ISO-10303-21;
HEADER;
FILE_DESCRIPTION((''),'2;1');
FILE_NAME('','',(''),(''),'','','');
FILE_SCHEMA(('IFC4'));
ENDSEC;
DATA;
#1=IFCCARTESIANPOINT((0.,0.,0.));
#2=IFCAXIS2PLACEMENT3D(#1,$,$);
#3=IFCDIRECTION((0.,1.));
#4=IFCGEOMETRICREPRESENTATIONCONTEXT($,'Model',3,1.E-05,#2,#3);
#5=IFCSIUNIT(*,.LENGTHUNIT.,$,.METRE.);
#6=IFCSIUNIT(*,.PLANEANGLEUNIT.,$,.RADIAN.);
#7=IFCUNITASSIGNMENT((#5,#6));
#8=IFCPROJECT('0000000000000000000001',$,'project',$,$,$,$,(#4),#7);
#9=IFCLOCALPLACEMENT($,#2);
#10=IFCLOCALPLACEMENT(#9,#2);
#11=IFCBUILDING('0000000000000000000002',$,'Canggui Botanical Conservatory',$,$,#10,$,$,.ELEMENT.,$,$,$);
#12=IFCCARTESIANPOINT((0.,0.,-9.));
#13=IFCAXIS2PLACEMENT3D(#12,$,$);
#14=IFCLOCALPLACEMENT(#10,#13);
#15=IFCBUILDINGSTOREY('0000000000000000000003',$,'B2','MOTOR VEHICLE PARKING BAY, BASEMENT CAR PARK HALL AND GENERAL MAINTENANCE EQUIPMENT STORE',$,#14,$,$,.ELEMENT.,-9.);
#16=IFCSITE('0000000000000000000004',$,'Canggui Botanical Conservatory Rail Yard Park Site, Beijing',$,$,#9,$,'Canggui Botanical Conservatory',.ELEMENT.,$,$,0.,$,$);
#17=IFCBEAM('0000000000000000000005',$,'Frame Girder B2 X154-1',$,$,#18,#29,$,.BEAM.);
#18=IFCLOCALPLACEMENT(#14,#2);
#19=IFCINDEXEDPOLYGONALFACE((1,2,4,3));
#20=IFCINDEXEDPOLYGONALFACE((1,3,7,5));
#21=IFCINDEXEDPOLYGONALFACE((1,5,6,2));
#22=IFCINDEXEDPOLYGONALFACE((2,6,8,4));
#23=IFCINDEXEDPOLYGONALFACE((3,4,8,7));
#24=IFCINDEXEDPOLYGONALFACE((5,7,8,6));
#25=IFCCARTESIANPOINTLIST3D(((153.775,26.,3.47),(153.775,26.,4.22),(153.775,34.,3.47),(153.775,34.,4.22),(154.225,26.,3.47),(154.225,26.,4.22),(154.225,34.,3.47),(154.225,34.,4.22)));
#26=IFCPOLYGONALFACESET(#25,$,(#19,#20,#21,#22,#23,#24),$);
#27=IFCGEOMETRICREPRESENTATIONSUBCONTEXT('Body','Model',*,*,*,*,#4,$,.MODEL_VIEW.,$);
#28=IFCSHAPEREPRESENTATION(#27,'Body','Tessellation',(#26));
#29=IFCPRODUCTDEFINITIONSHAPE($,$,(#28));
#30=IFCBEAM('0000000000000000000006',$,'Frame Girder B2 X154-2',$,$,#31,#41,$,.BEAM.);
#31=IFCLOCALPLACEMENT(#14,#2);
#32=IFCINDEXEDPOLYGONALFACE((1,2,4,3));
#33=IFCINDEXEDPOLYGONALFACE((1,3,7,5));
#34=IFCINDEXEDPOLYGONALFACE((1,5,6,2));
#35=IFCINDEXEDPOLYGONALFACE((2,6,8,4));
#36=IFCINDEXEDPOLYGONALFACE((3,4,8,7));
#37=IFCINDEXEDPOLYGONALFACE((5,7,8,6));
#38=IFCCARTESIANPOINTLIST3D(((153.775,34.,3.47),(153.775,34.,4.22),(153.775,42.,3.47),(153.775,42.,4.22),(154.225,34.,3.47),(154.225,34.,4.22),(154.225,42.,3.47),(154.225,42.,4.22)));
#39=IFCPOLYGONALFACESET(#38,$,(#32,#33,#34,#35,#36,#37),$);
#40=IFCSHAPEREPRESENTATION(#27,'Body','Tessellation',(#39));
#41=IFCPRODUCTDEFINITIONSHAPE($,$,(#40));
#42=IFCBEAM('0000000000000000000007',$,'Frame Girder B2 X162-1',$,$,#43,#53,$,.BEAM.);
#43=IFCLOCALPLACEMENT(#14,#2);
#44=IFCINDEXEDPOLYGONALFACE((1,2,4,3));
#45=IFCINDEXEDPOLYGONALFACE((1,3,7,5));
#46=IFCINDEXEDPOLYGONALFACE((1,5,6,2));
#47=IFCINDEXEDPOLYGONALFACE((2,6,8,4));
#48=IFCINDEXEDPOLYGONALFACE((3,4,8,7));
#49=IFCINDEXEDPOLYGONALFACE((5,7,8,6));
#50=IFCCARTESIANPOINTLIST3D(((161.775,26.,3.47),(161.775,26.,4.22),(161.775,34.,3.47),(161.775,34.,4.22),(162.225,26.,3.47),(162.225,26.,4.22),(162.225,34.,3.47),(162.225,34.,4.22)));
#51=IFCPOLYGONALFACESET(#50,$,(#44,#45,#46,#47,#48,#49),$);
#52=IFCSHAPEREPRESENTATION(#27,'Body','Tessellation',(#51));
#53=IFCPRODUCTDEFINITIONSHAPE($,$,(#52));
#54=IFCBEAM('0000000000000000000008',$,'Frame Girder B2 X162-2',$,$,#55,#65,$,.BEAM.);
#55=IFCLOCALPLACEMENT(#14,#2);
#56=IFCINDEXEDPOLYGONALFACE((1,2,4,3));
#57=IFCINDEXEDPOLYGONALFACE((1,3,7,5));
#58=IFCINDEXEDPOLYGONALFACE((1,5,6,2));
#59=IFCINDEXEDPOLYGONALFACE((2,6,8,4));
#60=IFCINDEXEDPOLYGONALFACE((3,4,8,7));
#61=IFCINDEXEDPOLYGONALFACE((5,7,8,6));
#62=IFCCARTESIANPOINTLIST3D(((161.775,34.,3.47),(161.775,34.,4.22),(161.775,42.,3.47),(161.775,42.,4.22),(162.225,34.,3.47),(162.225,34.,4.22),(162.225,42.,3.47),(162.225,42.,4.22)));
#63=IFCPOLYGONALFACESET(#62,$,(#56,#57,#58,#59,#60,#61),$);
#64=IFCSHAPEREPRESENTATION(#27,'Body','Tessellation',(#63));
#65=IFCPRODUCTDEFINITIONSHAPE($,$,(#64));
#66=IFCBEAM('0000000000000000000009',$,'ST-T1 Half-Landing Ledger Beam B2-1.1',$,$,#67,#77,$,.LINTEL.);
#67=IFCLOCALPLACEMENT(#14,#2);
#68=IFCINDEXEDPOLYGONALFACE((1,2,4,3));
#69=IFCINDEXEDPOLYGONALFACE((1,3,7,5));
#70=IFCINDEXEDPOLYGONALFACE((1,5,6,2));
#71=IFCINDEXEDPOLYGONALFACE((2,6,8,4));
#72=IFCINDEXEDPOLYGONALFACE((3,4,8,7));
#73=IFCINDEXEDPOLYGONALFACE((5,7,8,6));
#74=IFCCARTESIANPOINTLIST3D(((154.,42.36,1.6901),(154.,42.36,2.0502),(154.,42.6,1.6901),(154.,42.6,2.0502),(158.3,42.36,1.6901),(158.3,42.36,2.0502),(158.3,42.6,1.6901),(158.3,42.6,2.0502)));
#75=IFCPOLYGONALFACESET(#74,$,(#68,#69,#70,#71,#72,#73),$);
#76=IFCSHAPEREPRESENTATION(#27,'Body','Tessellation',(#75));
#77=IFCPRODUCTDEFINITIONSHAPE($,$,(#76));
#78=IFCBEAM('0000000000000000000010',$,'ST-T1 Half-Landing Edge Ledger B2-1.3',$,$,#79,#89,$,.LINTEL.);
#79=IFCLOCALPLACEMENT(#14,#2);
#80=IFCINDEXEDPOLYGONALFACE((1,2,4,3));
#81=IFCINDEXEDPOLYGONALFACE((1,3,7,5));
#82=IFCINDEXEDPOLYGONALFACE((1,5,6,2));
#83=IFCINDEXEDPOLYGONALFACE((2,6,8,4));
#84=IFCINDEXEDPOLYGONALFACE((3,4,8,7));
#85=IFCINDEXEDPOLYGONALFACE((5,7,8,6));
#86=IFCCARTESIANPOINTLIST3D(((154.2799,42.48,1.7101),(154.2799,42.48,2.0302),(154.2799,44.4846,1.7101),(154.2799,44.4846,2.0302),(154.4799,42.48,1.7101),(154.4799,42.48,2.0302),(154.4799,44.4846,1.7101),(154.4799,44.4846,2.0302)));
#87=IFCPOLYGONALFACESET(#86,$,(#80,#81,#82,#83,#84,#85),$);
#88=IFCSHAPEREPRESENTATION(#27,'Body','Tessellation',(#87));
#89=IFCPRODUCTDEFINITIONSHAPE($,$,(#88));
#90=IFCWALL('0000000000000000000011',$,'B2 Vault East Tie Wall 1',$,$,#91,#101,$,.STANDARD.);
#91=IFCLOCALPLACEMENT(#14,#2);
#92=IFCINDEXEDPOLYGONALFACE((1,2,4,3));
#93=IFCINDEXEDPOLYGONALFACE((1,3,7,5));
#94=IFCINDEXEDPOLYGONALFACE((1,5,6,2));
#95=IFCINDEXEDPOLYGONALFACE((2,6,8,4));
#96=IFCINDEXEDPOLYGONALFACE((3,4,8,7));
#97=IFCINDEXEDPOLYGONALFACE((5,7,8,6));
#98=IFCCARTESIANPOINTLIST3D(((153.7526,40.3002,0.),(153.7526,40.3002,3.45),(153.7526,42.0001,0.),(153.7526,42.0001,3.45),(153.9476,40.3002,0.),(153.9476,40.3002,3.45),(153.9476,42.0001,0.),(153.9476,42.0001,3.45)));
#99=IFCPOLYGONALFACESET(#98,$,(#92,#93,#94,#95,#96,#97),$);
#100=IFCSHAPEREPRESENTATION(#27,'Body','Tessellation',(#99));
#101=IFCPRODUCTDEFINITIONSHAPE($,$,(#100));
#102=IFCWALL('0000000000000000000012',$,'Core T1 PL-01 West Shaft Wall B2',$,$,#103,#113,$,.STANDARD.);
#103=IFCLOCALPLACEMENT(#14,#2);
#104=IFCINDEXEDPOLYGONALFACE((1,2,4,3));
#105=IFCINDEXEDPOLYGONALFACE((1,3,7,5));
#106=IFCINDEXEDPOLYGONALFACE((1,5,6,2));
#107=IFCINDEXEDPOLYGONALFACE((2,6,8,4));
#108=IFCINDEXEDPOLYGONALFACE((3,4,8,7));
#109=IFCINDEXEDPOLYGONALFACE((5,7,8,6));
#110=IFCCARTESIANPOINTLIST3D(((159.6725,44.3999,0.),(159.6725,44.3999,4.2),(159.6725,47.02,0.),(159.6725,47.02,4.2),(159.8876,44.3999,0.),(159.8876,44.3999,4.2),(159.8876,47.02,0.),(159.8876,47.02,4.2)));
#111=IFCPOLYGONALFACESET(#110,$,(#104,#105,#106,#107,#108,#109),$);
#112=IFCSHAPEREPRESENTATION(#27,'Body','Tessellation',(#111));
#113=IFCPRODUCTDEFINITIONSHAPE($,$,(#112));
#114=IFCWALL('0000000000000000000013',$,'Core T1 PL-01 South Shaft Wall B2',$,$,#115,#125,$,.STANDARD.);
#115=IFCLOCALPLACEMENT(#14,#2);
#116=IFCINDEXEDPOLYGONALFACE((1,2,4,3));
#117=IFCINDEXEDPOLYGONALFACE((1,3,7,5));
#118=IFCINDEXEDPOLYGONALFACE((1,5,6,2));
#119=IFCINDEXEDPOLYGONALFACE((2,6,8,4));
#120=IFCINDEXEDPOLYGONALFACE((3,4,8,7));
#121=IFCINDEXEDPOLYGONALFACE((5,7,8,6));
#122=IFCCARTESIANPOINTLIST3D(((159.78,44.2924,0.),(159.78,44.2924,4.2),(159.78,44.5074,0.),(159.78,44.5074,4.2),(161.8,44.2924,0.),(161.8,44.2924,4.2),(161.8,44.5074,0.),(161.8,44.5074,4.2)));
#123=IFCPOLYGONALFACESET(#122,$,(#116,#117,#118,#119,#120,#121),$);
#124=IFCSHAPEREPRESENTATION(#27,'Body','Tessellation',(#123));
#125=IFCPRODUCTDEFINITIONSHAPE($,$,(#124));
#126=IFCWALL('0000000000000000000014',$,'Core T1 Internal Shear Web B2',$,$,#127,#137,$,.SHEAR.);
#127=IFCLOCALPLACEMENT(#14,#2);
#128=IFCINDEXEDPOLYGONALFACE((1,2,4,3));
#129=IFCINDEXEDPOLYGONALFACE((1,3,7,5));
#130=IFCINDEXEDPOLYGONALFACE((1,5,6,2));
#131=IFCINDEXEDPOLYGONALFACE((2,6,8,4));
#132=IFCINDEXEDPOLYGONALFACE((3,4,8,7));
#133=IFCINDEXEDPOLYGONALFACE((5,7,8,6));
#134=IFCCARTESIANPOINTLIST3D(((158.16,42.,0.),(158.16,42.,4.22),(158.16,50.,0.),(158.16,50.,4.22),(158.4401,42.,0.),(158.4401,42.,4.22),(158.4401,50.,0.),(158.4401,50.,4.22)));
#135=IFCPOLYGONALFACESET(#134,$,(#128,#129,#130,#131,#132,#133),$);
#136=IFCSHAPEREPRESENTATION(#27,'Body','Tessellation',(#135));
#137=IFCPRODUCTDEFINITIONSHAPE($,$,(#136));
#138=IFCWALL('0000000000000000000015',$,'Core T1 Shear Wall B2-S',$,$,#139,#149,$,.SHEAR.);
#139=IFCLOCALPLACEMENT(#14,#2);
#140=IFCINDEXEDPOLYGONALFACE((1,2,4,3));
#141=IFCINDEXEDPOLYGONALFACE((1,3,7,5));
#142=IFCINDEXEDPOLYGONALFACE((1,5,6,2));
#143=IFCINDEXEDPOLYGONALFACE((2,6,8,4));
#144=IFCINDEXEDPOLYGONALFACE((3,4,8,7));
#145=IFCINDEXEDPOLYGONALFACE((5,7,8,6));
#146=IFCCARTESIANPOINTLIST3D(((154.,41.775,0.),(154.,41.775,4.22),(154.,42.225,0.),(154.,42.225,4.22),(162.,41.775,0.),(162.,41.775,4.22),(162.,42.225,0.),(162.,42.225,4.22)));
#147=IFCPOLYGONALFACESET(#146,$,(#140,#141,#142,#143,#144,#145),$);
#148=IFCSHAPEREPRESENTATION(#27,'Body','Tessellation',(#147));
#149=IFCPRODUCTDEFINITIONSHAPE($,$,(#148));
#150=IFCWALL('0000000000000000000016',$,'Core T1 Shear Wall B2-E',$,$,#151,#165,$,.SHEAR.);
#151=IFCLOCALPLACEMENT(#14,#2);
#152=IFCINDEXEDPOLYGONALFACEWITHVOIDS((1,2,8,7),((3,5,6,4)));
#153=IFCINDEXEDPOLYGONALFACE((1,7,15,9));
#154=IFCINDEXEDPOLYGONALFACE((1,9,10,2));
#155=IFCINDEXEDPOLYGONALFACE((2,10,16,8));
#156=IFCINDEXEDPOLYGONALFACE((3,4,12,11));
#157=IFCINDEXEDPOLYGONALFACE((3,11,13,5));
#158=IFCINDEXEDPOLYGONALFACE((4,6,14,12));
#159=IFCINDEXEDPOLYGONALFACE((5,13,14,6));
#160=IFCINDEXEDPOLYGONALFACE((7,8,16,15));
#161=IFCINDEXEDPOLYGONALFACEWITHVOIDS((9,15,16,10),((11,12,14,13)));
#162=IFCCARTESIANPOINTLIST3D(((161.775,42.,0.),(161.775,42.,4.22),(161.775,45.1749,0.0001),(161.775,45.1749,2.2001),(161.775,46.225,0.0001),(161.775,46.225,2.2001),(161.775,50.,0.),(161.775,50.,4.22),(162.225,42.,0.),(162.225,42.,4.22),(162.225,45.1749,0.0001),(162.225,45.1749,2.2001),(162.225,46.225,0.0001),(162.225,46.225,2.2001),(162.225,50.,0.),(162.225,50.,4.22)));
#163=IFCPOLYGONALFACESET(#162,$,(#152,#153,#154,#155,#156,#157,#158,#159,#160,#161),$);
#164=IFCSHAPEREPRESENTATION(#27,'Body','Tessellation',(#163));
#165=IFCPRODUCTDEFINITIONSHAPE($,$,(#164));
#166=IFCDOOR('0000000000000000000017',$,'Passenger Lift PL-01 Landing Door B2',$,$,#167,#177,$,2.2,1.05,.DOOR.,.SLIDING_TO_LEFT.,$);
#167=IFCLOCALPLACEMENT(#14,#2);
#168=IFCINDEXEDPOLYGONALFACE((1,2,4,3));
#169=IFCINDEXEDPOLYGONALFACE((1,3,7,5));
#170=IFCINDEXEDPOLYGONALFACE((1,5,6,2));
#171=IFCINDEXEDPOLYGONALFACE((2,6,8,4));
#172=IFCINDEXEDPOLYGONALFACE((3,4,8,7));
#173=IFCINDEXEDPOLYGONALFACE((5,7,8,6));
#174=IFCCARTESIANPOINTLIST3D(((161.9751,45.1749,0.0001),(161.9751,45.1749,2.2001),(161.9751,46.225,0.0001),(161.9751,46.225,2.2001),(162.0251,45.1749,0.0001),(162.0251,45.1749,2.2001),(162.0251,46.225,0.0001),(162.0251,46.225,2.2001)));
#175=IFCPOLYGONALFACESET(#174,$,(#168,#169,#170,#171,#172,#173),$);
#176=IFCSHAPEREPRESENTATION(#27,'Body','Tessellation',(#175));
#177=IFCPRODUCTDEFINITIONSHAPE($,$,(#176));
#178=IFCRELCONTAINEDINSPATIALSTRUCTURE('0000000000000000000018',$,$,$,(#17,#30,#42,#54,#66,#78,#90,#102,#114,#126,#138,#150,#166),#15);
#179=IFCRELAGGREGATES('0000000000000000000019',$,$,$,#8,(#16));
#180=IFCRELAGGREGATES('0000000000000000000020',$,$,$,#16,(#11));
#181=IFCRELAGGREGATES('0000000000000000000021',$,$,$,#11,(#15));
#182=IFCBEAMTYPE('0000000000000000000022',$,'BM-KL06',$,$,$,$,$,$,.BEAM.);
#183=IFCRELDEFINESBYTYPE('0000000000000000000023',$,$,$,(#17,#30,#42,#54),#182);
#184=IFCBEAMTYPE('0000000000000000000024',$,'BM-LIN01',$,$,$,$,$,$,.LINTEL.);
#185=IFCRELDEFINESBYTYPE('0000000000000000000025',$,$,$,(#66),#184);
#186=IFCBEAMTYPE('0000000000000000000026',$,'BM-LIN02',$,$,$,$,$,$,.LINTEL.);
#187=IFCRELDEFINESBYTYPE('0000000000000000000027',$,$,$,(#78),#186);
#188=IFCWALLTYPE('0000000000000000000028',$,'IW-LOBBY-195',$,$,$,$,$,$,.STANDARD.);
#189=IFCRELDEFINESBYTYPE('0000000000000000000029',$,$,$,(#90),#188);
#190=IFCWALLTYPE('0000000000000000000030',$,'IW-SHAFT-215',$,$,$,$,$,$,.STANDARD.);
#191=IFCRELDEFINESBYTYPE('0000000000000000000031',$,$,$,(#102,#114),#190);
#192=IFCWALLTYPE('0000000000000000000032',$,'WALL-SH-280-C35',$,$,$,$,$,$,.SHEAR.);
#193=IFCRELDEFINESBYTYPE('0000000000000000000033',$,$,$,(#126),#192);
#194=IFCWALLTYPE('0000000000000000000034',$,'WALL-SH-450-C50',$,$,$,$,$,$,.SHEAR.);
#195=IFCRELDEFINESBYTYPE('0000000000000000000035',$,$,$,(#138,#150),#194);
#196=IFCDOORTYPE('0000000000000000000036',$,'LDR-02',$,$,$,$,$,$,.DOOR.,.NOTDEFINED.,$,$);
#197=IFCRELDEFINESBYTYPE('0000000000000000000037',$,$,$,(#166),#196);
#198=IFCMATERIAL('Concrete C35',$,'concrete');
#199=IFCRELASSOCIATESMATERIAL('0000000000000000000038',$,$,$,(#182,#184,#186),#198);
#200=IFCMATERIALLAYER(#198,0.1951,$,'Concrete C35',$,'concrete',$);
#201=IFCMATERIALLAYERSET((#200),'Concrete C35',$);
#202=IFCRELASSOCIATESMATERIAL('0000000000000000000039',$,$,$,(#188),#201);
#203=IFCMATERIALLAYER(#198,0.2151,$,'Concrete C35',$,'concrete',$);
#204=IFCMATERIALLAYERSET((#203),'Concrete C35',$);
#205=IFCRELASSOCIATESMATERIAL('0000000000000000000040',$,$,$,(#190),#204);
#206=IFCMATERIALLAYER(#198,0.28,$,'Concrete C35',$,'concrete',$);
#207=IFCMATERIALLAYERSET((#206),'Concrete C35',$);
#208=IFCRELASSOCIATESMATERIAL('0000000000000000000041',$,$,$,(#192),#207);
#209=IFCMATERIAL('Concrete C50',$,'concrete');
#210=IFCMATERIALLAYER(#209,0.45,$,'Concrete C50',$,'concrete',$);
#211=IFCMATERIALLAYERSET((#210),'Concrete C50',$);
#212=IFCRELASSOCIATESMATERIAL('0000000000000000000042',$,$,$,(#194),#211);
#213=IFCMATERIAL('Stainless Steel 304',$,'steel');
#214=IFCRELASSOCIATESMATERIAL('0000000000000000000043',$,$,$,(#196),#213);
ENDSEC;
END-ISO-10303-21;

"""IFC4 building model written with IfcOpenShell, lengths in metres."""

from ifc_helpers import new_model, si_unit, direction, frame, frame_2d, origin, origin_2d, place, context, subcontext, project, spatial, rectangle, extrude, material, layer, layer_set, material_profile, profile_set, type_object, element, fill, save


model = new_model("IFC4")

# Units and contexts
model_context = context("Model", 3, precision=1e-05, world=origin(), true_north=direction((0.0, 1.0)))
body_context = subcontext(model_context, "Body", "Model", "MODEL_VIEW")
ifc_project = project(units=[si_unit("LENGTHUNIT", "METRE"), si_unit("PLANEANGLEUNIT", "RADIAN")], contexts=[model_context])

# Site, building, storey
site_placement = place(None, origin())
site = spatial("IfcSite", under=ifc_project, at=site_placement, Name="Canggui Botanical Conservatory Rail Yard Park Site, Beijing", LongName="Canggui Botanical Conservatory", CompositionType="ELEMENT", RefElevation=0.0)
building_placement = place(site_placement, origin())
building = spatial("IfcBuilding", under=site, at=building_placement, Name="Canggui Botanical Conservatory", CompositionType="ELEMENT")
storey_placement = place(building_placement, frame((0.0, 0.0, -9.0)))
storey = spatial("IfcBuildingStorey", under=building, at=storey_placement, Name="B2", Description="MOTOR VEHICLE PARKING BAY, BASEMENT CAR PARK HALL AND GENERAL MAINTENANCE EQUIPMENT STORE", CompositionType="ELEMENT", Elevation=-9.0)

# Shared definitions
ifc_material_1 = material(Name="Concrete C35", Category="concrete")

# Shared definitions
ifc_material_2 = material(Name="Concrete C50", Category="concrete")

# Beams
ifc_material_profile_1 = material_profile(ifc_material_1, rectangle(XDim=0.45, YDim=0.75, at=origin_2d()), Name="RB 450x750")
ifc_profile_set_1 = profile_set([ifc_material_profile_1], Name="Concrete C35")
beam_type_1 = type_object("IfcBeamType", Name="BM-KL06", PredefinedType="BEAM", material=ifc_profile_set_1)
for number, where, z_axis, x_axis, name in (
    (1, (154.0, 26.0, 3.845), (0.0, 1.0, 0.0), (-1.0, 0.0, 0.0), "Frame Girder B2 X154-1"),
    (2, (154.0, 34.0, 3.845), (0.0, 1.0, 0.0), (-1.0, 0.0, 0.0), "Frame Girder B2 X154-2"),
    (3, (162.0, 26.0, 3.845), (0.0, 1.0, 0.0), (-1.0, 0.0, 0.0), "Frame Girder B2 X162-1"),
    (4, (162.0, 34.0, 3.845), (0.0, 1.0, 0.0), (-1.0, 0.0, 0.0), "Frame Girder B2 X162-2"),
):
    element("IfcBeam", number, at=place(storey_placement, frame(where, z_axis=z_axis, x_axis=x_axis)), inside=storey, type_object=beam_type_1, Name=name, PredefinedType="BEAM", context=body_context, shape_type="SweptSolid", body=[
        extrude(rectangle(XDim=0.45, YDim=0.75, at=origin_2d()), origin(), (0.0, 0.0, 1.0), 8.0),
    ])
ifc_material_profile_2 = material_profile(ifc_material_1, rectangle(XDim=0.24, YDim=0.3601, at=origin_2d()), Name="RB 240x360")
ifc_profile_set_2 = profile_set([ifc_material_profile_2], Name="Concrete C35")
beam_type_2 = type_object("IfcBeamType", Name="BM-LIN01", PredefinedType="LINTEL", material=ifc_profile_set_2)
beam_1_placement = place(storey_placement, frame((154.0, 42.48, 1.8701), z_axis=(1.0, 0.0, 0.0), x_axis=(0.0, 1.0, 0.0)))
element("IfcBeam", 5, at=beam_1_placement, inside=storey, type_object=beam_type_2, Name="ST-T1 Half-Landing Ledger Beam B2-1.1", PredefinedType="LINTEL", context=body_context, shape_type="SweptSolid", body=[
    extrude(rectangle(XDim=0.24, YDim=0.3601, at=origin_2d()), origin(), (0.0, 0.0, 1.0), 4.3),
])
ifc_material_profile_3 = material_profile(ifc_material_1, rectangle(XDim=0.2, YDim=0.3201, at=origin_2d()), Name="RB 200x320")
ifc_profile_set_3 = profile_set([ifc_material_profile_3], Name="Concrete C35")
beam_type_3 = type_object("IfcBeamType", Name="BM-LIN02", PredefinedType="LINTEL", material=ifc_profile_set_3)
beam_2_placement = place(storey_placement, frame((154.3799, 42.48, 1.8701), z_axis=(0.0, 1.0, 0.0), x_axis=(-1.0, 0.0, 0.0)))
element("IfcBeam", 6, at=beam_2_placement, inside=storey, type_object=beam_type_3, Name="ST-T1 Half-Landing Edge Ledger B2-1.3", PredefinedType="LINTEL", context=body_context, shape_type="SweptSolid", body=[
    extrude(rectangle(XDim=0.2, YDim=0.3201, at=origin_2d()), origin(), (0.0, 0.0, 1.0), 2.0046),
])

# Walls
ifc_layer_1 = layer(ifc_material_1, 0.1951, Name="Concrete C35", Category="concrete")
ifc_layer_set_1 = layer_set([ifc_layer_1], Name="Concrete C35")
wall_type_1 = type_object("IfcWallType", Name="IW-LOBBY-195", PredefinedType="STANDARD", material=ifc_layer_set_1)
wall_1_placement = place(storey_placement, frame((153.8501, 40.3, 0.0), z_axis=(0.0, 0.0, 1.0), x_axis=(0.0, 1.0, 0.0)))
element("IfcWall", 7, at=wall_1_placement, inside=storey, type_object=wall_type_1, Name="B2 Vault East Tie Wall 1", PredefinedType="STANDARD", context=body_context, shape_type="SweptSolid", body=[
    extrude(rectangle(XDim=1.7, YDim=0.1951, at=frame_2d((0.8501, 0.0))), origin(), (0.0, 0.0, 1.0), 3.45),
])
ifc_layer_2 = layer(ifc_material_1, 0.2151, Name="Concrete C35", Category="concrete")
ifc_layer_set_2 = layer_set([ifc_layer_2], Name="Concrete C35")
wall_type_2 = type_object("IfcWallType", Name="IW-SHAFT-215", PredefinedType="STANDARD", material=ifc_layer_set_2)
wall_2_placement = place(storey_placement, frame((159.78, 44.3999, 0.0), z_axis=(0.0, 0.0, 1.0), x_axis=(0.0, 1.0, 0.0)))
element("IfcWall", 8, at=wall_2_placement, inside=storey, type_object=wall_type_2, Name="Core T1 PL-01 West Shaft Wall B2", PredefinedType="STANDARD", context=body_context, shape_type="SweptSolid", body=[
    extrude(rectangle(XDim=2.6201, YDim=0.2151, at=frame_2d((1.3101, 0.0))), origin(), (0.0, 0.0, 1.0), 4.2),
])
wall_3_placement = place(storey_placement, frame((159.78, 44.3999, 0.0), z_axis=(0.0, 0.0, 1.0), x_axis=(1.0, 0.0, 0.0)))
element("IfcWall", 9, at=wall_3_placement, inside=storey, type_object=wall_type_2, Name="Core T1 PL-01 South Shaft Wall B2", PredefinedType="STANDARD", context=body_context, shape_type="SweptSolid", body=[
    extrude(rectangle(XDim=2.02, YDim=0.2151, at=frame_2d((1.01, 0.0))), origin(), (0.0, 0.0, 1.0), 4.2),
])
ifc_layer_3 = layer(ifc_material_1, 0.28, Name="Concrete C35", Category="concrete")
ifc_layer_set_3 = layer_set([ifc_layer_3], Name="Concrete C35")
wall_type_3 = type_object("IfcWallType", Name="WALL-SH-280-C35", PredefinedType="SHEAR", material=ifc_layer_set_3)
wall_4_placement = place(storey_placement, frame((158.3, 42.0, 0.0), z_axis=(0.0, 0.0, 1.0), x_axis=(0.0, 1.0, 0.0)))
element("IfcWall", 10, at=wall_4_placement, inside=storey, type_object=wall_type_3, Name="Core T1 Internal Shear Web B2", PredefinedType="SHEAR", context=body_context, shape_type="SweptSolid", body=[
    extrude(rectangle(XDim=8.0, YDim=0.28, at=frame_2d((4.0, 0.0))), origin(), (0.0, 0.0, 1.0), 4.22),
])
ifc_layer_4 = layer(ifc_material_2, 0.45, Name="Concrete C50", Category="concrete")
ifc_layer_set_4 = layer_set([ifc_layer_4], Name="Concrete C50")
wall_type_4 = type_object("IfcWallType", Name="WALL-SH-450-C50", PredefinedType="SHEAR", material=ifc_layer_set_4)
wall_5_placement = place(storey_placement, frame((154.0, 42.0, 0.0), z_axis=(0.0, 0.0, 1.0), x_axis=(1.0, 0.0, 0.0)))
element("IfcWall", 11, at=wall_5_placement, inside=storey, type_object=wall_type_4, Name="Core T1 Shear Wall B2-S", PredefinedType="SHEAR", context=body_context, shape_type="SweptSolid", body=[
    extrude(rectangle(XDim=8.0, YDim=0.45, at=frame_2d((4.0, 0.0))), origin(), (0.0, 0.0, 1.0), 4.22),
])

# Wall, opening, door
wall_6_placement = place(storey_placement, frame((162.0, 42.0, 0.0), z_axis=(0.0, 0.0, 1.0), x_axis=(0.0, 1.0, 0.0)))
wall_6 = element("IfcWall", 12, at=wall_6_placement, inside=storey, type_object=wall_type_4, Name="Core T1 Shear Wall B2-E", PredefinedType="SHEAR", context=body_context, shape_type="SweptSolid", body=[
    extrude(rectangle(XDim=8.0, YDim=0.45, at=frame_2d((4.0, 0.0))), origin(), (0.0, 0.0, 1.0), 4.22),
])
opening_placement = place(wall_6_placement, frame((3.175, 0.0, 0.0)))
opening = element("IfcOpeningElement", 13, at=opening_placement, cuts=wall_6, PredefinedType="OPENING", context=body_context, shape_type="SweptSolid", body=[
    extrude(rectangle(XDim=1.05, YDim=2.2, at=frame_2d((0.5249, 1.1001))), frame((0.0, 0.2349, 0.0), z_axis=(0.0, -1.0, 0.0), x_axis=(1.0, 0.0, 0.0)), (0.0, 0.0, 1.0), 0.47),
])
ifc_material_3 = material(Name="Stainless Steel 304", Category="steel")
door_type = type_object("IfcDoorType", Name="LDR-02", OperationType="NOTDEFINED", PredefinedType="DOOR", material=ifc_material_3)
door_placement = place(opening_placement, origin())
door = element("IfcDoor", 14, at=door_placement, inside=storey, type_object=door_type, Name="Passenger Lift PL-01 Landing Door B2", OperationType="SLIDING_TO_LEFT", OverallHeight=2.2, OverallWidth=1.05, PredefinedType="DOOR", context=body_context, shape_type="SweptSolid", body=[
    extrude(rectangle(XDim=1.05, YDim=2.2, at=frame_2d((0.5249, 1.1001))), frame((0.0, 0.0249, 0.0), z_axis=(0.0, -1.0, 0.0), x_axis=(1.0, 0.0, 0.0)), (0.0, 0.0, 1.0), 0.05),
])
fill(opening, door)

save(model, "model.ifc")
